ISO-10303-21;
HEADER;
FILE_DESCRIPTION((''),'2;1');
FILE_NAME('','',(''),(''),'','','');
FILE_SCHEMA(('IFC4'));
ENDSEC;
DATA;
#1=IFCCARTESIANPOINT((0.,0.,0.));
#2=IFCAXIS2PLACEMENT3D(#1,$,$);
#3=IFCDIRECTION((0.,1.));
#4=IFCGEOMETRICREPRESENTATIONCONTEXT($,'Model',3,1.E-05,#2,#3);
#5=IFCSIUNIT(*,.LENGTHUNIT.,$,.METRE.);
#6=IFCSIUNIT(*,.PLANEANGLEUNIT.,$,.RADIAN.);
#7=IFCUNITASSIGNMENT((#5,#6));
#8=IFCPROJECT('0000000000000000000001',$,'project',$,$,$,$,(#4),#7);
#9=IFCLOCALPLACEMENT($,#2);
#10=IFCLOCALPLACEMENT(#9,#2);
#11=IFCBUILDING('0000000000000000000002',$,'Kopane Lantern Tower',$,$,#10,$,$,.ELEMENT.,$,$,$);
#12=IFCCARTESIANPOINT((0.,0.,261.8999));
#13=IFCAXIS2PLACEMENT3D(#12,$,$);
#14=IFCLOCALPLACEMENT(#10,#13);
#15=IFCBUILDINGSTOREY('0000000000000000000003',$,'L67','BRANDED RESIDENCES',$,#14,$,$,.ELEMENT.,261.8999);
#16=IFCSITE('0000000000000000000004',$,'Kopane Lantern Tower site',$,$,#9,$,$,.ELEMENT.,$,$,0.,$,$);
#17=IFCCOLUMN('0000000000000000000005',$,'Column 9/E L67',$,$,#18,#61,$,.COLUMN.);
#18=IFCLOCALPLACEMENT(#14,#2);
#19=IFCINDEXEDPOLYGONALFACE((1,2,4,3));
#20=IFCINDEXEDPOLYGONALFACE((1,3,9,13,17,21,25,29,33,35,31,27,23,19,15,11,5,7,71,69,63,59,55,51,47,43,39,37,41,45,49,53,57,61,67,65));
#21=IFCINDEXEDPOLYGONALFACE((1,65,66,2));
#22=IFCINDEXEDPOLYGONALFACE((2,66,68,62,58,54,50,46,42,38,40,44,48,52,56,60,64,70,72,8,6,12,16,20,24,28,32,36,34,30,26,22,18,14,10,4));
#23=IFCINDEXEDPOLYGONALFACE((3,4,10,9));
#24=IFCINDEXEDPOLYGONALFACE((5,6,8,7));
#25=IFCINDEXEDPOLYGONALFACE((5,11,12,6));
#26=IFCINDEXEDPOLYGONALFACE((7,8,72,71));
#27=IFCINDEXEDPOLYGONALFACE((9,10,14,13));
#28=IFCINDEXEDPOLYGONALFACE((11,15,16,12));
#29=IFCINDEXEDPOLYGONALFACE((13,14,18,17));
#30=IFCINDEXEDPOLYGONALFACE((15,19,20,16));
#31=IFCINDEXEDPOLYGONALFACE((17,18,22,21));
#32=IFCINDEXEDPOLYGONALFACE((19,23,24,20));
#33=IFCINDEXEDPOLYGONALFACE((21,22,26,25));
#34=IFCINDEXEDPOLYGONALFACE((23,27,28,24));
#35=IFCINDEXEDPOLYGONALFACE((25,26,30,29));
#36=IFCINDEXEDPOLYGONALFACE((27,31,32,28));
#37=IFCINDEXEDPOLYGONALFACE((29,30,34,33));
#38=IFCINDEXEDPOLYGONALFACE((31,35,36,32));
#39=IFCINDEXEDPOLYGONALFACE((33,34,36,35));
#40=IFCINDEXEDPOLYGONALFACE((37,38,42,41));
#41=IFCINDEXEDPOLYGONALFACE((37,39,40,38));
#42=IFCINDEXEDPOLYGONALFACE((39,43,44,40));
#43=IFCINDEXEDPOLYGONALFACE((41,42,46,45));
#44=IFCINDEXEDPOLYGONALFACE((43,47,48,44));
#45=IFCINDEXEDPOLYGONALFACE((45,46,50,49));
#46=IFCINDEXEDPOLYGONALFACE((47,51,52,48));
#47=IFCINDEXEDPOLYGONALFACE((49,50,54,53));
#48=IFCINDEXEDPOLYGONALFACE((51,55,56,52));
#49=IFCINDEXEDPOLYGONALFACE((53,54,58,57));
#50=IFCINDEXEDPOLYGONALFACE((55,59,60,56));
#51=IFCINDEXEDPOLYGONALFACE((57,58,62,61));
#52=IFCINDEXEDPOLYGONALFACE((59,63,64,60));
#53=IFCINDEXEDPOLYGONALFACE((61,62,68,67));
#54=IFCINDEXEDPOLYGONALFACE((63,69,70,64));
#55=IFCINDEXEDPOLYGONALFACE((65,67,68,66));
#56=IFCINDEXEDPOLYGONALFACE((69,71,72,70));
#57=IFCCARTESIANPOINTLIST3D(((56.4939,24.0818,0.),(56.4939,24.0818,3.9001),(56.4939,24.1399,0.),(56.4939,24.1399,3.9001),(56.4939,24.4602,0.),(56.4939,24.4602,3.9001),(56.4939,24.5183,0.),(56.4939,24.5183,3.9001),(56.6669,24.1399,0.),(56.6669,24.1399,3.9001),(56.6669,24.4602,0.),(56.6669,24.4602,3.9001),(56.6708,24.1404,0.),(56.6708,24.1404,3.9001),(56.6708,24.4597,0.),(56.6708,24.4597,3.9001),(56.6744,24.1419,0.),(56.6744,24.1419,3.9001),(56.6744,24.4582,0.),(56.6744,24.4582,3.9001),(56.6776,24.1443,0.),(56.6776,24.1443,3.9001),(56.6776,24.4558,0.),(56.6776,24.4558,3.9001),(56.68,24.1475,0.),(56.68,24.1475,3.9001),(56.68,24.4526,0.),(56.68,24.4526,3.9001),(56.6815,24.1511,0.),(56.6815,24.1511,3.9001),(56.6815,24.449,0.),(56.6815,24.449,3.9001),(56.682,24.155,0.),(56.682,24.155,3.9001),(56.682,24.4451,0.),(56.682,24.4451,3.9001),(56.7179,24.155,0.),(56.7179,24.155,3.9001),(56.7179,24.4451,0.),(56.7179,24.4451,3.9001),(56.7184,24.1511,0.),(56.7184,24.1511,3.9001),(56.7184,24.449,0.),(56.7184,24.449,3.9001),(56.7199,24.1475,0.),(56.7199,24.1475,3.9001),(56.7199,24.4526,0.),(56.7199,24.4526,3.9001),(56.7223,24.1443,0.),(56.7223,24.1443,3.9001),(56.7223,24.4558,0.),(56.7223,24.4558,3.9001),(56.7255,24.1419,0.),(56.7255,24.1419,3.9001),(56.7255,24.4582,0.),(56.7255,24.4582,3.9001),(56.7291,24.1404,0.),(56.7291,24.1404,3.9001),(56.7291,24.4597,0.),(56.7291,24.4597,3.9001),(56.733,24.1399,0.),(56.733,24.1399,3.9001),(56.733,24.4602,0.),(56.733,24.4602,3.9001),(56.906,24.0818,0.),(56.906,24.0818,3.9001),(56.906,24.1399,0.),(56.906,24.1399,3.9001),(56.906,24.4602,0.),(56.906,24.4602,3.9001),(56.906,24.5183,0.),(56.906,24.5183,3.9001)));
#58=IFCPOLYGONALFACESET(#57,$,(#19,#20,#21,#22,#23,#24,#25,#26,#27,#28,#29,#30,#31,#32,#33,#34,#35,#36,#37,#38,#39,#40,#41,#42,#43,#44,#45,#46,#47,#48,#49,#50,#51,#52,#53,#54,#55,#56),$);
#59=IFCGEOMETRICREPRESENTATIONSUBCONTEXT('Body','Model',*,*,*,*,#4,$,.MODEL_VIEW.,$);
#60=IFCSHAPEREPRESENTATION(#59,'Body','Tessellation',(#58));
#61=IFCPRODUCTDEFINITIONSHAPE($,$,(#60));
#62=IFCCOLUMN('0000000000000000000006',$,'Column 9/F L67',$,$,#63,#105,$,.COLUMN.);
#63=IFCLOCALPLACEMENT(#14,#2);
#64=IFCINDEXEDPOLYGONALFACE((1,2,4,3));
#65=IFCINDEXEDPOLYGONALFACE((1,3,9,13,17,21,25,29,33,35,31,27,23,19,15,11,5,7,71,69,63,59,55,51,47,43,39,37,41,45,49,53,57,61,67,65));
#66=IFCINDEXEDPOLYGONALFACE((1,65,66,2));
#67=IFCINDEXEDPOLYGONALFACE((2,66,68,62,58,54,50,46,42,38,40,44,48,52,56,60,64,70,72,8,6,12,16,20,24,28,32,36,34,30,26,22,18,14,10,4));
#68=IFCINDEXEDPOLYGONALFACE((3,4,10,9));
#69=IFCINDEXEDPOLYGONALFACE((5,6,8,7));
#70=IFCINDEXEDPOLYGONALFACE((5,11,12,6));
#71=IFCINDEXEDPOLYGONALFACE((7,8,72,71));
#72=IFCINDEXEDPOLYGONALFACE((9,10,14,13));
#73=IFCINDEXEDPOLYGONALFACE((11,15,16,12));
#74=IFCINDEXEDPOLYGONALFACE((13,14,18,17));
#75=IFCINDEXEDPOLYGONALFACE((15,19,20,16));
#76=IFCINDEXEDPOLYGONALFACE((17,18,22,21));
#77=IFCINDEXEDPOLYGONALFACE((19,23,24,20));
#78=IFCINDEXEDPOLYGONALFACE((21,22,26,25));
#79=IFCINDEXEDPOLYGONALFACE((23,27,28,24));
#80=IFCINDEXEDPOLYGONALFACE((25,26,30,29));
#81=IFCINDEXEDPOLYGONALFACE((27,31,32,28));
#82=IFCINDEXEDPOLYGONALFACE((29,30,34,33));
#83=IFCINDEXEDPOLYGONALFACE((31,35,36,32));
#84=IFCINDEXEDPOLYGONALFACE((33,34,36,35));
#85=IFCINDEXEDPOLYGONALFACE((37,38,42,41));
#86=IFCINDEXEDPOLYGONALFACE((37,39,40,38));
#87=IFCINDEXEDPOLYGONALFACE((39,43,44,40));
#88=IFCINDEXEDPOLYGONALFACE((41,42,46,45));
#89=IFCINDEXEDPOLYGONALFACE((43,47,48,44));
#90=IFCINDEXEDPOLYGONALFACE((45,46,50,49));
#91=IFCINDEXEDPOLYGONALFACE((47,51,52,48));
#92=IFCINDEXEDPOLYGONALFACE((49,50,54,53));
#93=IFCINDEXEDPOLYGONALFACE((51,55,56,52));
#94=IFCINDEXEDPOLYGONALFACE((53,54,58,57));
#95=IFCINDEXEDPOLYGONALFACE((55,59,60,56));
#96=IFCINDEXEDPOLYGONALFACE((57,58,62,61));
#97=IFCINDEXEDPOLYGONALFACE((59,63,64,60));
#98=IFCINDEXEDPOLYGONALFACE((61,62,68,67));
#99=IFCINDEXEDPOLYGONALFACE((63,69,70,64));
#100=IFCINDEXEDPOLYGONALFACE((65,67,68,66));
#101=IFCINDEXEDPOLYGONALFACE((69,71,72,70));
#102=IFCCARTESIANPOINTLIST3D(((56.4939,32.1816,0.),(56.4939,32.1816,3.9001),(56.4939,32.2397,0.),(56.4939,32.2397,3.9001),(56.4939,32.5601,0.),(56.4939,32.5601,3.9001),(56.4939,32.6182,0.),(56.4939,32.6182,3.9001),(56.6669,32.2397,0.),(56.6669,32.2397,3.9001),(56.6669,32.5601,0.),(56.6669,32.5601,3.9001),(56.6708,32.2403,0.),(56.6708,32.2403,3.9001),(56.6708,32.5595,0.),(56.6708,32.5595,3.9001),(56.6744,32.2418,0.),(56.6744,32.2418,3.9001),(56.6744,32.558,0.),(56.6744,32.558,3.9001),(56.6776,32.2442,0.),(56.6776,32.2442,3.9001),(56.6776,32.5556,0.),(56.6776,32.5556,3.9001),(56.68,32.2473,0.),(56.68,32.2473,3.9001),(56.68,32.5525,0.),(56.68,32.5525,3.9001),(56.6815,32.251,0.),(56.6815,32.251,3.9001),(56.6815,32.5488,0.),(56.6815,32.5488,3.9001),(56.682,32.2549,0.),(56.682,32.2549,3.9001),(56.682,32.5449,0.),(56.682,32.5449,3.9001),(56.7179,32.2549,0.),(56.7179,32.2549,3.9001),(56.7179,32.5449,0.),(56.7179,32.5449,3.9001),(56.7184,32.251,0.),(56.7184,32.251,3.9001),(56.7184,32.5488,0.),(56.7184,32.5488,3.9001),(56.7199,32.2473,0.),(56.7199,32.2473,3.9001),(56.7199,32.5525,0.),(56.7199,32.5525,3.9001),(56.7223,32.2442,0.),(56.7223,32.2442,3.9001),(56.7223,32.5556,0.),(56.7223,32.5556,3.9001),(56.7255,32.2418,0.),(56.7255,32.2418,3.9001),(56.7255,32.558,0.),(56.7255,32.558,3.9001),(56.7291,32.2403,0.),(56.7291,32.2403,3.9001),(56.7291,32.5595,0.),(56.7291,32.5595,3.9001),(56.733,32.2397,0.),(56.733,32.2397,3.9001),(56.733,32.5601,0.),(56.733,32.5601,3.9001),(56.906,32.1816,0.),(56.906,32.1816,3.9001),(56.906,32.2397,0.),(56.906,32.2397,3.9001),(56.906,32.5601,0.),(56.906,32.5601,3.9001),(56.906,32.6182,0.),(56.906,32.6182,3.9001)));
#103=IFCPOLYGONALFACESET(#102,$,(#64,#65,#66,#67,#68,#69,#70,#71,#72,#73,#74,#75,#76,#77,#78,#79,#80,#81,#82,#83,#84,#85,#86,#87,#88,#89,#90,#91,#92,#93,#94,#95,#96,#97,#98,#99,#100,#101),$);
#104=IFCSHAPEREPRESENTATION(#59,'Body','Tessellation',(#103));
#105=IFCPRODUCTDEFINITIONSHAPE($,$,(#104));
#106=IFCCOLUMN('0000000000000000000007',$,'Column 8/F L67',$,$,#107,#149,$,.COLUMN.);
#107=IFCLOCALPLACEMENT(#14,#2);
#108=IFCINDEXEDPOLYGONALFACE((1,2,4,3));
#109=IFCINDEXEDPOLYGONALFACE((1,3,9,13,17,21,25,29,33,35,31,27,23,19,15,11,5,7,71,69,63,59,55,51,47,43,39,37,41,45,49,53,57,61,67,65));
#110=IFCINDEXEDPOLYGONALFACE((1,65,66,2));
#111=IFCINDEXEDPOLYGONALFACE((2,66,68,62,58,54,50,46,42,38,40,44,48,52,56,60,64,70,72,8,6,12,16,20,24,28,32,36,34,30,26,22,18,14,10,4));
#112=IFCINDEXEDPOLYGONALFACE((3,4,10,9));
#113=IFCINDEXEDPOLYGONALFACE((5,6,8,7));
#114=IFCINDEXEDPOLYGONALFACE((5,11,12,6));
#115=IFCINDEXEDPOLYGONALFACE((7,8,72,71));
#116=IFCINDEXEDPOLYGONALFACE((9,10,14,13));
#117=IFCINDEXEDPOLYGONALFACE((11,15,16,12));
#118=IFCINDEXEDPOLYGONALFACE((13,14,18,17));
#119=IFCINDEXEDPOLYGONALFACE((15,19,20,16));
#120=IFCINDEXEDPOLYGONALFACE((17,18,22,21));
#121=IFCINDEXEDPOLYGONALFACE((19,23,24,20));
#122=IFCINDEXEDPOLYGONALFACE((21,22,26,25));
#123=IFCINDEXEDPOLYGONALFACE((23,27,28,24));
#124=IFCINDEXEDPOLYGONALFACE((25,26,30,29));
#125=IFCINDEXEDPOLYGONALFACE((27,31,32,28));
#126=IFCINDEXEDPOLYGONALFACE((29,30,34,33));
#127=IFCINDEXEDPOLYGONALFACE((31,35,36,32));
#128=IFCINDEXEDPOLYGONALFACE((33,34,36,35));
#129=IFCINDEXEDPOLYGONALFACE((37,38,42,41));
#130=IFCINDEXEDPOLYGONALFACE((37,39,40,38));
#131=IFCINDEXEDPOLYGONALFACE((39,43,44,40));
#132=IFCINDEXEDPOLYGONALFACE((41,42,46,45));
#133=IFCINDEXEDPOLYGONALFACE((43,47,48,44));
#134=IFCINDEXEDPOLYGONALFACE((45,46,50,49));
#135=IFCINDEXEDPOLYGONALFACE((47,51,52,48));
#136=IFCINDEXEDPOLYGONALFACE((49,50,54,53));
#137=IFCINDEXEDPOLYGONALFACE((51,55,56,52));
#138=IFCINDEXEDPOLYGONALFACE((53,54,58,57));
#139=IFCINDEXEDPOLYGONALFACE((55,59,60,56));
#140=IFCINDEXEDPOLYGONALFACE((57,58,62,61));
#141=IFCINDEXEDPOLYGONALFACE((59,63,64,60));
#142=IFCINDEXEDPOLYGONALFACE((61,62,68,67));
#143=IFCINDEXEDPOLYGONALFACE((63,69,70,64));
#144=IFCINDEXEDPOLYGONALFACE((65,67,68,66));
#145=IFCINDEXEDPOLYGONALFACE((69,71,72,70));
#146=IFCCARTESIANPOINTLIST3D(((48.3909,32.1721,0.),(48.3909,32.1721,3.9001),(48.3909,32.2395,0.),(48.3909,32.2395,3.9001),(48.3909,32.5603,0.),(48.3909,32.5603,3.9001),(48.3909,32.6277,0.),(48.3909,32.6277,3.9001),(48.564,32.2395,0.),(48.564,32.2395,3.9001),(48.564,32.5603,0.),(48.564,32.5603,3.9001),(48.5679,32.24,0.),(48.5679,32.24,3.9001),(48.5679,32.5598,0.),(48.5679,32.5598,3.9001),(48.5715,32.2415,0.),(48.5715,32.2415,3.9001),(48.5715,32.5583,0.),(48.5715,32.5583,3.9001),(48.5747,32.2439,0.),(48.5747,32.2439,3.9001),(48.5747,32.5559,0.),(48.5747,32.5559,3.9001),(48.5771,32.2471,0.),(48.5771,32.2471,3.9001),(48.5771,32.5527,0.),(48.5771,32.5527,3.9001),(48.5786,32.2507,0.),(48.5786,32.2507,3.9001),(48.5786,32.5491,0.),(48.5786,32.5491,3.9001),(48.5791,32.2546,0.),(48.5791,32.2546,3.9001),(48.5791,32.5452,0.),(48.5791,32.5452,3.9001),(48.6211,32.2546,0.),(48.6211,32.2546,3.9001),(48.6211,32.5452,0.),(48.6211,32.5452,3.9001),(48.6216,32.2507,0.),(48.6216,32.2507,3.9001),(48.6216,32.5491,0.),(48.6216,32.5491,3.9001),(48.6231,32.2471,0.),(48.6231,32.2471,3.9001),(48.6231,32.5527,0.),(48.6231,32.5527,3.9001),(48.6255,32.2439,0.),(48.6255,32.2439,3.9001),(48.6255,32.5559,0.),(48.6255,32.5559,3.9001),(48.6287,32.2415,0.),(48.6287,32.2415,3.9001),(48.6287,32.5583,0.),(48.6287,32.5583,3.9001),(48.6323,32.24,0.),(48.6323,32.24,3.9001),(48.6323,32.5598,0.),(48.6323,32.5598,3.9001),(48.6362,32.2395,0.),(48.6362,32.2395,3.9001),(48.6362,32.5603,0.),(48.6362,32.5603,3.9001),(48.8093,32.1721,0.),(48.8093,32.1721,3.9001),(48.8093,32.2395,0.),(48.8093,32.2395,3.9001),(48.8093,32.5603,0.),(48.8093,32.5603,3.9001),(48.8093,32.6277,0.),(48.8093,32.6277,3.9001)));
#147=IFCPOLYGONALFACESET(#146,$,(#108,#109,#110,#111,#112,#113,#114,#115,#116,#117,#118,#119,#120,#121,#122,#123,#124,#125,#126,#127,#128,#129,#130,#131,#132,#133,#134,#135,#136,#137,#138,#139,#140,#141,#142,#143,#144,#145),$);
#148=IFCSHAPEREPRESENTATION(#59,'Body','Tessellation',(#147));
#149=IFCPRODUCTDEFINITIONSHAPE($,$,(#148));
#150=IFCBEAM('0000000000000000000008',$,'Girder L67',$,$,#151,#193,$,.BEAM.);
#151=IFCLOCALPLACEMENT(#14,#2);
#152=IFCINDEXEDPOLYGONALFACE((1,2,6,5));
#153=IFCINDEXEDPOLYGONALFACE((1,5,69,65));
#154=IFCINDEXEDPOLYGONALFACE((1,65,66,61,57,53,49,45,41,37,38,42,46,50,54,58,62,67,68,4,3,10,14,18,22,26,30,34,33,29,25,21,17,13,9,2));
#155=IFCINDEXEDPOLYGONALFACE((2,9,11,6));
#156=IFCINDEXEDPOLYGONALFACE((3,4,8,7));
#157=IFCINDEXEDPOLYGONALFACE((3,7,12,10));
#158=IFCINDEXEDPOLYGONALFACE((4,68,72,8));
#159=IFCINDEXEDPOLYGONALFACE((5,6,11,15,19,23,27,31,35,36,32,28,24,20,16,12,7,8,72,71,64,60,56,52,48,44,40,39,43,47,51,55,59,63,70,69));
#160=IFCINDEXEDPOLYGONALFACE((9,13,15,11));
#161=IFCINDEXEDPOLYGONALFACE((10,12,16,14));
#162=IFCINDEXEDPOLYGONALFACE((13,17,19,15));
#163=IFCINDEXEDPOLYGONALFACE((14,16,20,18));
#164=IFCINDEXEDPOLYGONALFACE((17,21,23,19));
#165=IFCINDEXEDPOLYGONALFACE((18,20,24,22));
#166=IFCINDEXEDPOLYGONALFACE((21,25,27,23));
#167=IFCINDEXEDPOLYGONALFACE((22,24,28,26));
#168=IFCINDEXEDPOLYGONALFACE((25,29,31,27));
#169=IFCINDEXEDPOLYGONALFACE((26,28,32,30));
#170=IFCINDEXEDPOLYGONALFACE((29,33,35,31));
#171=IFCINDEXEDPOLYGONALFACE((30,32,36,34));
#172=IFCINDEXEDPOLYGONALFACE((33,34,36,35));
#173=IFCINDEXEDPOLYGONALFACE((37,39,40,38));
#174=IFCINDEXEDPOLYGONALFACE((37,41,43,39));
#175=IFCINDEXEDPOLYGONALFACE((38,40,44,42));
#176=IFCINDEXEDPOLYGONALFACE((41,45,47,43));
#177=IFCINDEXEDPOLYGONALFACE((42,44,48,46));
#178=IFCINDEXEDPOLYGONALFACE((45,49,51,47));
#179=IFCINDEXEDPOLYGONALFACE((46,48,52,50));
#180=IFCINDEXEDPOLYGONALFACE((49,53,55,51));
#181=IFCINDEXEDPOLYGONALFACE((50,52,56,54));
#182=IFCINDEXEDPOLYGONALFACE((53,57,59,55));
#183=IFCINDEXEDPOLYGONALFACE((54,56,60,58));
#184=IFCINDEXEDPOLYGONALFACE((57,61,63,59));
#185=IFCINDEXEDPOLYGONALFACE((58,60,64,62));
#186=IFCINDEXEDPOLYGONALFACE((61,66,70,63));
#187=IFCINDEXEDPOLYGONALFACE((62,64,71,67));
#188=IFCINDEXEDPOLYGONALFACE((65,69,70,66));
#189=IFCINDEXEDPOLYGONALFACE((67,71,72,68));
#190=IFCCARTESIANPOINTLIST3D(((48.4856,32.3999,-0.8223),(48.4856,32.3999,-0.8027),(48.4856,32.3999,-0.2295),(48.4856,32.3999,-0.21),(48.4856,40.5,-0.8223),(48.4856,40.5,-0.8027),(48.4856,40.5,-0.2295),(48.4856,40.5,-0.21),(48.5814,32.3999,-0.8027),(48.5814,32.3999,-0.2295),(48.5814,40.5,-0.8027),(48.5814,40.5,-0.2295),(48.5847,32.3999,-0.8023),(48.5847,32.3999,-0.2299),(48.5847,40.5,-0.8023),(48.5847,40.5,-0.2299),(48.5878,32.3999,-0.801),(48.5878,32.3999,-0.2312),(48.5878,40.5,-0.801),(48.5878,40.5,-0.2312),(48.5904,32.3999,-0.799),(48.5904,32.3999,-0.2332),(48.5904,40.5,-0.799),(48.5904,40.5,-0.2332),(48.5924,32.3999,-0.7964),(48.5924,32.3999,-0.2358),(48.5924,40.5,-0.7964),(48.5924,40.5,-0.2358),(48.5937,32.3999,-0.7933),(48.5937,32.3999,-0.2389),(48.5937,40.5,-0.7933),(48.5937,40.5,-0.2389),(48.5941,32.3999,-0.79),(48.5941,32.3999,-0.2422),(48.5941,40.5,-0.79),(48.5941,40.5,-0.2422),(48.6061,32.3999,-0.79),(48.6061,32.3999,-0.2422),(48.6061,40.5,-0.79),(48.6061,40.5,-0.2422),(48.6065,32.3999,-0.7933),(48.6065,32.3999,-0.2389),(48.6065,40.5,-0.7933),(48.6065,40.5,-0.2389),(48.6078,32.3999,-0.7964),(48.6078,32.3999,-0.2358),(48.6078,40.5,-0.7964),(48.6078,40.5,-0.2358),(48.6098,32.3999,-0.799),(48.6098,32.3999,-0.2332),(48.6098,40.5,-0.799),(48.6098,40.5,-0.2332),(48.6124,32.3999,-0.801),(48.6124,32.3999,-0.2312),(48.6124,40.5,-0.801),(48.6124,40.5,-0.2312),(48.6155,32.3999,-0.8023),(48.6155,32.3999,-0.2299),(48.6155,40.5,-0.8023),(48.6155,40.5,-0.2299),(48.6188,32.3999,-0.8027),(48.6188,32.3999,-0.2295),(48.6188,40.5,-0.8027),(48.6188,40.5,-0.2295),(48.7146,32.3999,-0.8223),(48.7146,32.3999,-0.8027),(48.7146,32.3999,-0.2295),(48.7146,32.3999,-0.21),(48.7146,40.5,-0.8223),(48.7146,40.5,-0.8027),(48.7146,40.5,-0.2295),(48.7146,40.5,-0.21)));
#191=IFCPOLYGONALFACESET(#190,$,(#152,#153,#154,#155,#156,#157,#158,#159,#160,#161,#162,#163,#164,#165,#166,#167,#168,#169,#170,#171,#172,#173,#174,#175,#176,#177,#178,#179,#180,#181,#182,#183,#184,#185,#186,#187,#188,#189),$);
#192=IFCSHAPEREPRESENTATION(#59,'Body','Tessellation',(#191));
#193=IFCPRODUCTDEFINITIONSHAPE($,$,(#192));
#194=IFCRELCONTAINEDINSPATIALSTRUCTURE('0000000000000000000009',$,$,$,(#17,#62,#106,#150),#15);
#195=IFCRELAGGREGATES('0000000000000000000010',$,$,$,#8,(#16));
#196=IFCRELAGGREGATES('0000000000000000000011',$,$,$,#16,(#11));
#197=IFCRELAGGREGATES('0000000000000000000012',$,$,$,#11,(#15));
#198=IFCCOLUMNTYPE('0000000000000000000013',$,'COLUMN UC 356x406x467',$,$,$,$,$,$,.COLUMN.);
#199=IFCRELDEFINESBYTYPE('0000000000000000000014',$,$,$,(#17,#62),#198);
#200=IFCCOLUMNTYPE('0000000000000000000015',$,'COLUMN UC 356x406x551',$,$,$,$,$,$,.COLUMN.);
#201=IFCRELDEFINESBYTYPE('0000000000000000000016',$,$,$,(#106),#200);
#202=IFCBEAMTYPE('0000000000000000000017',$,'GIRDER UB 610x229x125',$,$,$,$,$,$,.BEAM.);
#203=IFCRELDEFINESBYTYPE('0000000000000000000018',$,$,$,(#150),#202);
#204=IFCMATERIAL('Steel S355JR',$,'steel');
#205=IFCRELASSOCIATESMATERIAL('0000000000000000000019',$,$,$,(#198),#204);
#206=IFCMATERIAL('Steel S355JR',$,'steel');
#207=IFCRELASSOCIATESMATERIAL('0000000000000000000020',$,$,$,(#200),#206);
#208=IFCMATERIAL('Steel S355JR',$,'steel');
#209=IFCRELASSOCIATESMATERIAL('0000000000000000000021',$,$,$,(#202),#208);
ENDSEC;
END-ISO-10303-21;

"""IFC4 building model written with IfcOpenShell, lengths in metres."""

from ifc_helpers import new_model, si_unit, direction, frame, origin, origin_2d, place, context, subcontext, project, spatial, i_section, extrude, material, material_profile, profile_set, type_object, element, save


model = new_model("IFC4")

# Units and contexts
model_context = context("Model", 3, precision=1e-05, world=origin(), true_north=direction((0.0, 1.0)))
body_context = subcontext(model_context, "Body", "Model", "MODEL_VIEW")
ifc_project = project(units=[si_unit("LENGTHUNIT", "METRE"), si_unit("PLANEANGLEUNIT", "RADIAN")], contexts=[model_context])

# Site, building, storey
site_placement = place(None, origin())
site = spatial("IfcSite", under=ifc_project, at=site_placement, Name="Kopane Lantern Tower site", CompositionType="ELEMENT", RefElevation=0.0)
building_placement = place(site_placement, origin())
building = spatial("IfcBuilding", under=site, at=building_placement, Name="Kopane Lantern Tower", CompositionType="ELEMENT")
storey_placement = place(building_placement, frame((0.0, 0.0, 261.8999)))
storey = spatial("IfcBuildingStorey", under=building, at=storey_placement, Name="L67", Description="BRANDED RESIDENCES", CompositionType="ELEMENT", Elevation=261.8999)

# Columns
ifc_material_1 = material(Name="Steel S355JR", Category="steel")
ifc_material_profile_1 = material_profile(ifc_material_1, i_section(OverallWidth=0.4121, OverallDepth=0.4365, WebThickness=0.0359, FlangeThickness=0.0581, FilletRadius=0.0151, at=origin_2d()), Name="UC 356x406x467")
ifc_profile_set_1 = profile_set([ifc_material_profile_1], Name="Steel S355JR")
column_type_1 = type_object("IfcColumnType", Name="COLUMN UC 356x406x467", PredefinedType="COLUMN", material=ifc_profile_set_1)
for number, where, z_axis, x_axis, name in (
    (1, (56.7, 24.3, 0.0), (0.0, 0.0, 1.0), (1.0, 0.0, 0.0), "Column 9/E L67"),
    (2, (56.7, 32.3999, 0.0), (0.0, 0.0, 1.0), (1.0, 0.0, 0.0), "Column 9/F L67"),
):
    element("IfcColumn", number, at=place(storey_placement, frame(where, z_axis=z_axis, x_axis=x_axis)), inside=storey, type_object=column_type_1, Name=name, PredefinedType="COLUMN", context=body_context, shape_type="SweptSolid", body=[
        extrude(i_section(OverallWidth=0.4121, OverallDepth=0.4365, WebThickness=0.0359, FlangeThickness=0.0581, FilletRadius=0.0151, at=origin_2d()), origin(), (0.0, 0.0, 1.0), 3.9001),
    ])
ifc_material_2 = material(Name="Steel S355JR", Category="steel")
ifc_material_profile_2 = material_profile(ifc_material_2, i_section(OverallWidth=0.4185, OverallDepth=0.4556, WebThickness=0.042, FlangeThickness=0.0674, FilletRadius=0.0151, at=origin_2d()), Name="UC 356x406x551")
ifc_profile_set_2 = profile_set([ifc_material_profile_2], Name="Steel S355JR")
column_type_2 = type_object("IfcColumnType", Name="COLUMN UC 356x406x551", PredefinedType="COLUMN", material=ifc_profile_set_2)
column_placement = place(storey_placement, frame((48.6001, 32.3999, 0.0), z_axis=(0.0, 0.0, 1.0), x_axis=(1.0, 0.0, 0.0)))
element("IfcColumn", 3, at=column_placement, inside=storey, type_object=column_type_2, Name="Column 8/F L67", PredefinedType="COLUMN", context=body_context, shape_type="SweptSolid", body=[
    extrude(i_section(OverallWidth=0.4185, OverallDepth=0.4556, WebThickness=0.042, FlangeThickness=0.0674, FilletRadius=0.0151, at=origin_2d()), origin(), (0.0, 0.0, 1.0), 3.9001),
])

# Beam
ifc_material_3 = material(Name="Steel S355JR", Category="steel")
ifc_material_profile_3 = material_profile(ifc_material_3, i_section(OverallWidth=0.229, OverallDepth=0.6123, WebThickness=0.012, FlangeThickness=0.0195, FilletRadius=0.0127, at=origin_2d()), Name="UB 610x229x125")
ifc_profile_set_3 = profile_set([ifc_material_profile_3], Name="Steel S355JR")
beam_type = type_object("IfcBeamType", Name="GIRDER UB 610x229x125", PredefinedType="BEAM", material=ifc_profile_set_3)
beam_1_placement = place(storey_placement, frame((48.6001, 32.3999, -0.5161), z_axis=(0.0, 1.0, 0.0), x_axis=(-1.0, 0.0, 0.0)))
element("IfcBeam", 4, at=beam_1_placement, inside=storey, type_object=beam_type, Name="Girder L67", PredefinedType="BEAM", context=body_context, shape_type="SweptSolid", body=[
    extrude(i_section(OverallWidth=0.229, OverallDepth=0.6123, WebThickness=0.012, FlangeThickness=0.0195, FilletRadius=0.0127, at=origin_2d()), origin(), (0.0, 0.0, 1.0), 8.1001),
])

save(model, "model.ifc")
